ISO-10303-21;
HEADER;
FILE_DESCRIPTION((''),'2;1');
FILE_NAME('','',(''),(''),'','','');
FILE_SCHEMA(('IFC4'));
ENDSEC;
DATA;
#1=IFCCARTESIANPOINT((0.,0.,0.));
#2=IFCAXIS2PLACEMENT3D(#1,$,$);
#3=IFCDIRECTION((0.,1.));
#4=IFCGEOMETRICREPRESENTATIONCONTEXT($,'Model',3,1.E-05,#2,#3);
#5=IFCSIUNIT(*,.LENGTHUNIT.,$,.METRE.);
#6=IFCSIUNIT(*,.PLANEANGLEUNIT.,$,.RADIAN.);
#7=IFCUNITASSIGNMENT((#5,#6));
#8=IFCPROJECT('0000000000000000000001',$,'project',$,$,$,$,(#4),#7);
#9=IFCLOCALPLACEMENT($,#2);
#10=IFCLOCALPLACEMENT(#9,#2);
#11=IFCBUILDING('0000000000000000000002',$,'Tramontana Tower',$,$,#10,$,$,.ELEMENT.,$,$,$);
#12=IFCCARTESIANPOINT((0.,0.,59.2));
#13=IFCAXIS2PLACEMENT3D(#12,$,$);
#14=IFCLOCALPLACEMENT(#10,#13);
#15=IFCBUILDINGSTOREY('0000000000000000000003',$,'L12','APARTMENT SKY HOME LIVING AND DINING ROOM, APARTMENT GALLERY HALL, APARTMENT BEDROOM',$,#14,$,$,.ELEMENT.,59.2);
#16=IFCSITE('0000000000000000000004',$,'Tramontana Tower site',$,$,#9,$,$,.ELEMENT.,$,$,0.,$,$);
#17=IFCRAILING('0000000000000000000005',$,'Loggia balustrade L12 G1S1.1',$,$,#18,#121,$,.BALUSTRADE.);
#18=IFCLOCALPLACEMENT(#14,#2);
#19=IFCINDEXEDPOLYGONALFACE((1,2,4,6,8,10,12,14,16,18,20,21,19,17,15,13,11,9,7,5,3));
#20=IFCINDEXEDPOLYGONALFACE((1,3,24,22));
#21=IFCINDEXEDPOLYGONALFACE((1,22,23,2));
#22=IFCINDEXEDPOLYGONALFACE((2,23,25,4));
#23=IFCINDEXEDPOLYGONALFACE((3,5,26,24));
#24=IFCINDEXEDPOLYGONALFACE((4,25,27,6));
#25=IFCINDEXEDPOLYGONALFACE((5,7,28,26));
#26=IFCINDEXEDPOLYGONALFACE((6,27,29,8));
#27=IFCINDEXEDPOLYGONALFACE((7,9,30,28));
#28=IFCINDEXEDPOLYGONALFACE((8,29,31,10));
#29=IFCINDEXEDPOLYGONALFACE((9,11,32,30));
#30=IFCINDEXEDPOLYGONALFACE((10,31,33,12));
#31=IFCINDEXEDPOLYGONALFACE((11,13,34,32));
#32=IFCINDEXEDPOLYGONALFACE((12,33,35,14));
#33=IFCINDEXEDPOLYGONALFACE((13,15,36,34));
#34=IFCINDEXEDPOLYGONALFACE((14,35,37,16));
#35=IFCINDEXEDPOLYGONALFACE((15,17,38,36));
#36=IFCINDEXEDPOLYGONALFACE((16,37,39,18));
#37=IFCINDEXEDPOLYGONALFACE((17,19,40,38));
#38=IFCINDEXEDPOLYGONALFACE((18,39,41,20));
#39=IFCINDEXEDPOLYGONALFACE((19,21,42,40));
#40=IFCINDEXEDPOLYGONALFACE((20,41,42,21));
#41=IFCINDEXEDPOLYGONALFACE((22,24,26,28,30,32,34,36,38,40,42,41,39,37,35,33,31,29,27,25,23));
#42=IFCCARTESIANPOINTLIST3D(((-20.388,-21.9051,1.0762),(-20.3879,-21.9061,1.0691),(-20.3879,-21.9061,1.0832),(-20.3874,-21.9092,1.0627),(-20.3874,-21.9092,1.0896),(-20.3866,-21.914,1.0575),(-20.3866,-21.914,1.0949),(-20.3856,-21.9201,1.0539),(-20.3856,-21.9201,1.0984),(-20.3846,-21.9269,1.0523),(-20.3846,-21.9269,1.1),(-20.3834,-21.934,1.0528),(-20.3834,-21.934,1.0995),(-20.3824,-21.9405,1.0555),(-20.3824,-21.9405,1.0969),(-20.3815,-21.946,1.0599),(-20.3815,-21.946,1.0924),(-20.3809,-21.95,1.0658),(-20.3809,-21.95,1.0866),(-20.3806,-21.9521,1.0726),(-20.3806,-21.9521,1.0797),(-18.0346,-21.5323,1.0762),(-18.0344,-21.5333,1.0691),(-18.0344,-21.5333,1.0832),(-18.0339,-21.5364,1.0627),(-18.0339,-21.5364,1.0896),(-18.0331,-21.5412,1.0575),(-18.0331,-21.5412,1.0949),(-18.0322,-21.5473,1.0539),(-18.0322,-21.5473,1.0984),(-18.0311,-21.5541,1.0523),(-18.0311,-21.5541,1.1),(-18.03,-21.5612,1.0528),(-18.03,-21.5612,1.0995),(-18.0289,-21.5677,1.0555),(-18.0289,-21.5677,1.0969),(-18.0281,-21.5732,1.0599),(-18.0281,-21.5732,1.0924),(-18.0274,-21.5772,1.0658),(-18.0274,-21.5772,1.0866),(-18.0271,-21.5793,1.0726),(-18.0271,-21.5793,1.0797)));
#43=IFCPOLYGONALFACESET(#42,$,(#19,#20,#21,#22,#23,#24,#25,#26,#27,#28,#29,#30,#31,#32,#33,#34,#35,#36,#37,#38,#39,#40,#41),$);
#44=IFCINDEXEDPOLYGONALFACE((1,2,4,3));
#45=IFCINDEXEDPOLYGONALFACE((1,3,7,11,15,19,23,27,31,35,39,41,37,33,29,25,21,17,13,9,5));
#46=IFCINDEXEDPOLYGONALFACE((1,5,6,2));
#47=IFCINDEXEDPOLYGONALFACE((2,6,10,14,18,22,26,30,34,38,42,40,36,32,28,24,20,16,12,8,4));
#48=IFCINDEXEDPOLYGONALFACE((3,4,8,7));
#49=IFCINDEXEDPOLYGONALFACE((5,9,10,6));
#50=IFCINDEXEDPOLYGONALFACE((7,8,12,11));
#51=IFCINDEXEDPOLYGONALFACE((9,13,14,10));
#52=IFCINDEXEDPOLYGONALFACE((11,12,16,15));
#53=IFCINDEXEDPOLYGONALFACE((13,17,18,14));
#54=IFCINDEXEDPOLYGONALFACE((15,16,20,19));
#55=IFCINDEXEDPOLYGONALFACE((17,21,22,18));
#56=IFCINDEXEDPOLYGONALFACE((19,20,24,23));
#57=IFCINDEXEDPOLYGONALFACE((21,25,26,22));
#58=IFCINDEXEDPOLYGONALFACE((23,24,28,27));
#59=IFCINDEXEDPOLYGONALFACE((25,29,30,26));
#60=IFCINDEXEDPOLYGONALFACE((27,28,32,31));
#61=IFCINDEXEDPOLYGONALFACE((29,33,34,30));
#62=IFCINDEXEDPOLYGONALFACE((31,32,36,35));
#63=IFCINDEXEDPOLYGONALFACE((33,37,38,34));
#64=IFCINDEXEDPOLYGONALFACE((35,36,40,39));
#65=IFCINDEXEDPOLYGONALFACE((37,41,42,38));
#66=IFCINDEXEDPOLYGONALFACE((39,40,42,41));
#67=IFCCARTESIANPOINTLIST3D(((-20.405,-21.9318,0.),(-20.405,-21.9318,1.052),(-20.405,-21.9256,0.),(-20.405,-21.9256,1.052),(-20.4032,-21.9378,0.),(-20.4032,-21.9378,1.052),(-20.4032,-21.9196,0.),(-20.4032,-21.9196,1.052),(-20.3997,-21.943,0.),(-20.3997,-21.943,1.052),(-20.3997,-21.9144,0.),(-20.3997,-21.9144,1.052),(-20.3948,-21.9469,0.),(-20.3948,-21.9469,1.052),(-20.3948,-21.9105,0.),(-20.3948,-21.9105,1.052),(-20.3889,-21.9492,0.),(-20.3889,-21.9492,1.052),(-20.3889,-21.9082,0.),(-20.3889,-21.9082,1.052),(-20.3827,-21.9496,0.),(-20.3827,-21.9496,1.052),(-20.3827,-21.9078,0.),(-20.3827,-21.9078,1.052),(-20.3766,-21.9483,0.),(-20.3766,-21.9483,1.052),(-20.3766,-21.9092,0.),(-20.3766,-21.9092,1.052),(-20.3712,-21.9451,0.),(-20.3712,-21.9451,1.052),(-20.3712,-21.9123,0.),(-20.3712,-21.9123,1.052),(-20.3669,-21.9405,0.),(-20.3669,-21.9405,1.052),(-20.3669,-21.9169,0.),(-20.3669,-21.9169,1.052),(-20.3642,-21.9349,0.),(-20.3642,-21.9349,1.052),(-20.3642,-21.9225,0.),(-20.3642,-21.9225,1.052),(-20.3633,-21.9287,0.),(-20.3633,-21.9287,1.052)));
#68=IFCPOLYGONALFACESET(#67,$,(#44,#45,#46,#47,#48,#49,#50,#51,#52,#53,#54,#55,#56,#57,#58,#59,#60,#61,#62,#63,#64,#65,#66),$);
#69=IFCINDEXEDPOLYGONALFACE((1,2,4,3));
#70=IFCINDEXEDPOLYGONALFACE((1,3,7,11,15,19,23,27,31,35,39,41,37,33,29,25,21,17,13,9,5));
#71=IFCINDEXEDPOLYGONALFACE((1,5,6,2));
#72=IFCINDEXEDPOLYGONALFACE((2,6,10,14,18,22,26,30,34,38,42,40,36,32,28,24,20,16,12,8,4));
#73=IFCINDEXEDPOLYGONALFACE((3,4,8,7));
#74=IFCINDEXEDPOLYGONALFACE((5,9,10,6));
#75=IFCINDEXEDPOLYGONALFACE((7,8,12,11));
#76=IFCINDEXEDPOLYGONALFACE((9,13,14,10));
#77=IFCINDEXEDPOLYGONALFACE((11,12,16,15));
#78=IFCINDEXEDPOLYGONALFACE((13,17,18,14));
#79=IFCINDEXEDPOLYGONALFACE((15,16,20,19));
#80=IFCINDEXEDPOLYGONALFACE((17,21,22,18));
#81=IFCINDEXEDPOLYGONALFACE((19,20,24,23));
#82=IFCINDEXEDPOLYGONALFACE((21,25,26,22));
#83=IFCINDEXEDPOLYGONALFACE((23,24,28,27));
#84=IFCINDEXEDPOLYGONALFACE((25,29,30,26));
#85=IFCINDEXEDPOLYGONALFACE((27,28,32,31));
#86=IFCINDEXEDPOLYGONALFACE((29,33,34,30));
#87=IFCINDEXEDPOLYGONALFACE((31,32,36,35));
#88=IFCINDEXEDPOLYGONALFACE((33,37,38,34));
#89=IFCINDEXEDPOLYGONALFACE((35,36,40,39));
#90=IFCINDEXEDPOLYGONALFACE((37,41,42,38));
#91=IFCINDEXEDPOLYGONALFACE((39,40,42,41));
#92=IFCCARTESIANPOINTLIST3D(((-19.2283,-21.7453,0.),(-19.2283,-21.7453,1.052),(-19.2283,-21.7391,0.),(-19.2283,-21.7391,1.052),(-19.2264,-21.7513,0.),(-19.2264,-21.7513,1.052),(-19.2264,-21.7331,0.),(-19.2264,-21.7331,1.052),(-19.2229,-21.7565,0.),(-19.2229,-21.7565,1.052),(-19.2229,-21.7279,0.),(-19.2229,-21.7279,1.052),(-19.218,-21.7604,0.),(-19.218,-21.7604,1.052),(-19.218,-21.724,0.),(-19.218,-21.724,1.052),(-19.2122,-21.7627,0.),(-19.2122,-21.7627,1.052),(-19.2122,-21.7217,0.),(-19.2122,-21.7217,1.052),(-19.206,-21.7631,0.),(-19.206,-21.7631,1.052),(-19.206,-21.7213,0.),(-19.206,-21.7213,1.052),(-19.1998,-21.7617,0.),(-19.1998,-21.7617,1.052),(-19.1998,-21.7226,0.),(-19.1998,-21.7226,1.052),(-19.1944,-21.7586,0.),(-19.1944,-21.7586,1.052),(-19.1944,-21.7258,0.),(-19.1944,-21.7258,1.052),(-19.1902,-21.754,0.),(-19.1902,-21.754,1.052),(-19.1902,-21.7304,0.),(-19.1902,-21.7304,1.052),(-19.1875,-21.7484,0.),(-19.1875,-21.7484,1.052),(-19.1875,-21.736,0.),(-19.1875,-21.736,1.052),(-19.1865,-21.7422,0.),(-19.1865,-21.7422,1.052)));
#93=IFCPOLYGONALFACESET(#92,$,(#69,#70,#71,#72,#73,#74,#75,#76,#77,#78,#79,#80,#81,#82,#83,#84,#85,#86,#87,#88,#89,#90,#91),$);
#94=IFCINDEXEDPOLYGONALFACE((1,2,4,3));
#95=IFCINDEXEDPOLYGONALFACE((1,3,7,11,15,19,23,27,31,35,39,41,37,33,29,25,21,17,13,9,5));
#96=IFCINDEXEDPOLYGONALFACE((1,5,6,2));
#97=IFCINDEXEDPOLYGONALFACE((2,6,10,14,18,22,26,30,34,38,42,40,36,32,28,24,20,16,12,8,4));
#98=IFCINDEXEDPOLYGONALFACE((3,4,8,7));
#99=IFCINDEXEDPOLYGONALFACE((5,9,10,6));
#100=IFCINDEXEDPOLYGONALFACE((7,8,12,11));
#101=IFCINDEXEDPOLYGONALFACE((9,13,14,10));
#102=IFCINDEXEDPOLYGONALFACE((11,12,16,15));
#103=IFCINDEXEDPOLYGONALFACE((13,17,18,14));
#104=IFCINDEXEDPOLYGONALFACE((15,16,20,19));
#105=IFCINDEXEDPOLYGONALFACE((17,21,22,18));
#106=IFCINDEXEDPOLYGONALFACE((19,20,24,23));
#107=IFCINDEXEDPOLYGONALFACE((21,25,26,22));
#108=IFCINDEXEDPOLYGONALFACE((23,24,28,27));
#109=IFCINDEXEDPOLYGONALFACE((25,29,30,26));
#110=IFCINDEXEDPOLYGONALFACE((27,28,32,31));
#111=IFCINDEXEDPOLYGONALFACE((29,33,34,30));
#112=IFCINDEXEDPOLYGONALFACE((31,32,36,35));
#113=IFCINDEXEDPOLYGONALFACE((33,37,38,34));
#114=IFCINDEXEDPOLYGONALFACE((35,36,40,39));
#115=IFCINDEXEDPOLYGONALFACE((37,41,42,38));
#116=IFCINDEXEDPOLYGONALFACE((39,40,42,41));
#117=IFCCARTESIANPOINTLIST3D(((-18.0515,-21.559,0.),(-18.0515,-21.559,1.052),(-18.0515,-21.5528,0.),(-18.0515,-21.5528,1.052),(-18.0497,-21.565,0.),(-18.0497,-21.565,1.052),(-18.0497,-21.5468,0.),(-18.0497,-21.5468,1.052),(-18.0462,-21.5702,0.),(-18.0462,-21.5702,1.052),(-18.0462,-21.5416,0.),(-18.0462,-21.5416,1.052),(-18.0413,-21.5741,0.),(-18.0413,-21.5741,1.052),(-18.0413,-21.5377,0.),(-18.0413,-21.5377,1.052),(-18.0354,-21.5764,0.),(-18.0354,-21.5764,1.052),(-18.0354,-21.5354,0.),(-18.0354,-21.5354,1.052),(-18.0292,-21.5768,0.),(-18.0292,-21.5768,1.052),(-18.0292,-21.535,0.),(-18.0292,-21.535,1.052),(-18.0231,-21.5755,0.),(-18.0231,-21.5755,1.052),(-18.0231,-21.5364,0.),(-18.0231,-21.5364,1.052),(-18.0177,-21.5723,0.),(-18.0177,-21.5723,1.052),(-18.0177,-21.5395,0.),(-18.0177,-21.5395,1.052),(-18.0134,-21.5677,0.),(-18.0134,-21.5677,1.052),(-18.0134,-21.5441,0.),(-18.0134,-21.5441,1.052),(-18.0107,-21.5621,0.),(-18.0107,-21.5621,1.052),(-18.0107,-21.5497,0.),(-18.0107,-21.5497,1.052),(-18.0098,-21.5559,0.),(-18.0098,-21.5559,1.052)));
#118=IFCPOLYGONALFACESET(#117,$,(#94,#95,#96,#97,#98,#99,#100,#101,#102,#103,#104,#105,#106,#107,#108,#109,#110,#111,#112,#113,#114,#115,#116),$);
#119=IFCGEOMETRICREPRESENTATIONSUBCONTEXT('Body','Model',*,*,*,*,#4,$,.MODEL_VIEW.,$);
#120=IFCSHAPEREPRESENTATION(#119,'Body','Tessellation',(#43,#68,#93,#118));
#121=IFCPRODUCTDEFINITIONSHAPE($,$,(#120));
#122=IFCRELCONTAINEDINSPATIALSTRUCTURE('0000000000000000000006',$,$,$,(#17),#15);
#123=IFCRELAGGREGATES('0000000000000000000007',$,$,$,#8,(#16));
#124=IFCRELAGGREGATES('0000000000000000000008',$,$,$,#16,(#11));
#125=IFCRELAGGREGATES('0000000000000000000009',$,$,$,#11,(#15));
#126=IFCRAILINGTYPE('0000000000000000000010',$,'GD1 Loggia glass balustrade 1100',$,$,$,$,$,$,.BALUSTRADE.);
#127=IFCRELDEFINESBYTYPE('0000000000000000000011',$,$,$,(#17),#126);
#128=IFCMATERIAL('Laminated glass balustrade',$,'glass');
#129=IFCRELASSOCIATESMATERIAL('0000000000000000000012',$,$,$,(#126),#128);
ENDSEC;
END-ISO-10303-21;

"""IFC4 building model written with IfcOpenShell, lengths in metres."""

from ifc_helpers import new_model, si_unit, direction, frame, origin, origin_2d, place, context, subcontext, project, spatial, circle, extrude, material, type_object, element, save


model = new_model("IFC4")

# Units and contexts
model_context = context("Model", 3, precision=1e-05, world=origin(), true_north=direction((0.0, 1.0)))
body_context = subcontext(model_context, "Body", "Model", "MODEL_VIEW")
ifc_project = project(units=[si_unit("LENGTHUNIT", "METRE"), si_unit("PLANEANGLEUNIT", "RADIAN")], contexts=[model_context])

# Site, building, storey
site_placement = place(None, origin())
site = spatial("IfcSite", under=ifc_project, at=site_placement, Name="Tramontana Tower site", CompositionType="ELEMENT", RefElevation=0.0)
building_placement = place(site_placement, origin())
building = spatial("IfcBuilding", under=site, at=building_placement, Name="Tramontana Tower", CompositionType="ELEMENT")
storey_placement = place(building_placement, frame((0.0, 0.0, 59.2)))
storey = spatial("IfcBuildingStorey", under=building, at=storey_placement, Name="L12", Description="APARTMENT SKY HOME LIVING AND DINING ROOM, APARTMENT GALLERY HALL, APARTMENT BEDROOM", CompositionType="ELEMENT", Elevation=59.2)

# Railing
ifc_material_1 = material(Name="Laminated glass balustrade", Category="glass")
railing_type = type_object("IfcRailingType", Name="GD1 Loggia glass balustrade 1100", PredefinedType="BALUSTRADE", material=ifc_material_1)
railing_1_placement = place(storey_placement, frame((-20.3843, -21.9287, 0.0)))
element("IfcRailing", 1, at=railing_1_placement, inside=storey, type_object=railing_type, Name="Loggia balustrade L12 G1S1.1", PredefinedType="BALUSTRADE", context=body_context, shape_type="SweptSolid", body=[
    extrude(circle(Radius=0.0239, at=origin_2d()), frame((0.0, 0.0, 1.0762), z_axis=(0.987686, 0.156452, 0.0), x_axis=(-0.156452, 0.987686, 0.0)), (0.0, 0.0, 1.0), 2.3828),
    extrude(circle(Radius=0.021, at=origin_2d()), origin(), (0.0, 0.0, 1.0), 1.052),
    extrude(circle(Radius=0.021, at=origin_2d()), frame((1.1768, 0.1865, 0.0)), (0.0, 0.0, 1.0), 1.052),
    extrude(circle(Radius=0.021, at=origin_2d()), frame((2.3535, 0.3728, 0.0)), (0.0, 0.0, 1.0), 1.052),
])

save(model, "model.ifc")
